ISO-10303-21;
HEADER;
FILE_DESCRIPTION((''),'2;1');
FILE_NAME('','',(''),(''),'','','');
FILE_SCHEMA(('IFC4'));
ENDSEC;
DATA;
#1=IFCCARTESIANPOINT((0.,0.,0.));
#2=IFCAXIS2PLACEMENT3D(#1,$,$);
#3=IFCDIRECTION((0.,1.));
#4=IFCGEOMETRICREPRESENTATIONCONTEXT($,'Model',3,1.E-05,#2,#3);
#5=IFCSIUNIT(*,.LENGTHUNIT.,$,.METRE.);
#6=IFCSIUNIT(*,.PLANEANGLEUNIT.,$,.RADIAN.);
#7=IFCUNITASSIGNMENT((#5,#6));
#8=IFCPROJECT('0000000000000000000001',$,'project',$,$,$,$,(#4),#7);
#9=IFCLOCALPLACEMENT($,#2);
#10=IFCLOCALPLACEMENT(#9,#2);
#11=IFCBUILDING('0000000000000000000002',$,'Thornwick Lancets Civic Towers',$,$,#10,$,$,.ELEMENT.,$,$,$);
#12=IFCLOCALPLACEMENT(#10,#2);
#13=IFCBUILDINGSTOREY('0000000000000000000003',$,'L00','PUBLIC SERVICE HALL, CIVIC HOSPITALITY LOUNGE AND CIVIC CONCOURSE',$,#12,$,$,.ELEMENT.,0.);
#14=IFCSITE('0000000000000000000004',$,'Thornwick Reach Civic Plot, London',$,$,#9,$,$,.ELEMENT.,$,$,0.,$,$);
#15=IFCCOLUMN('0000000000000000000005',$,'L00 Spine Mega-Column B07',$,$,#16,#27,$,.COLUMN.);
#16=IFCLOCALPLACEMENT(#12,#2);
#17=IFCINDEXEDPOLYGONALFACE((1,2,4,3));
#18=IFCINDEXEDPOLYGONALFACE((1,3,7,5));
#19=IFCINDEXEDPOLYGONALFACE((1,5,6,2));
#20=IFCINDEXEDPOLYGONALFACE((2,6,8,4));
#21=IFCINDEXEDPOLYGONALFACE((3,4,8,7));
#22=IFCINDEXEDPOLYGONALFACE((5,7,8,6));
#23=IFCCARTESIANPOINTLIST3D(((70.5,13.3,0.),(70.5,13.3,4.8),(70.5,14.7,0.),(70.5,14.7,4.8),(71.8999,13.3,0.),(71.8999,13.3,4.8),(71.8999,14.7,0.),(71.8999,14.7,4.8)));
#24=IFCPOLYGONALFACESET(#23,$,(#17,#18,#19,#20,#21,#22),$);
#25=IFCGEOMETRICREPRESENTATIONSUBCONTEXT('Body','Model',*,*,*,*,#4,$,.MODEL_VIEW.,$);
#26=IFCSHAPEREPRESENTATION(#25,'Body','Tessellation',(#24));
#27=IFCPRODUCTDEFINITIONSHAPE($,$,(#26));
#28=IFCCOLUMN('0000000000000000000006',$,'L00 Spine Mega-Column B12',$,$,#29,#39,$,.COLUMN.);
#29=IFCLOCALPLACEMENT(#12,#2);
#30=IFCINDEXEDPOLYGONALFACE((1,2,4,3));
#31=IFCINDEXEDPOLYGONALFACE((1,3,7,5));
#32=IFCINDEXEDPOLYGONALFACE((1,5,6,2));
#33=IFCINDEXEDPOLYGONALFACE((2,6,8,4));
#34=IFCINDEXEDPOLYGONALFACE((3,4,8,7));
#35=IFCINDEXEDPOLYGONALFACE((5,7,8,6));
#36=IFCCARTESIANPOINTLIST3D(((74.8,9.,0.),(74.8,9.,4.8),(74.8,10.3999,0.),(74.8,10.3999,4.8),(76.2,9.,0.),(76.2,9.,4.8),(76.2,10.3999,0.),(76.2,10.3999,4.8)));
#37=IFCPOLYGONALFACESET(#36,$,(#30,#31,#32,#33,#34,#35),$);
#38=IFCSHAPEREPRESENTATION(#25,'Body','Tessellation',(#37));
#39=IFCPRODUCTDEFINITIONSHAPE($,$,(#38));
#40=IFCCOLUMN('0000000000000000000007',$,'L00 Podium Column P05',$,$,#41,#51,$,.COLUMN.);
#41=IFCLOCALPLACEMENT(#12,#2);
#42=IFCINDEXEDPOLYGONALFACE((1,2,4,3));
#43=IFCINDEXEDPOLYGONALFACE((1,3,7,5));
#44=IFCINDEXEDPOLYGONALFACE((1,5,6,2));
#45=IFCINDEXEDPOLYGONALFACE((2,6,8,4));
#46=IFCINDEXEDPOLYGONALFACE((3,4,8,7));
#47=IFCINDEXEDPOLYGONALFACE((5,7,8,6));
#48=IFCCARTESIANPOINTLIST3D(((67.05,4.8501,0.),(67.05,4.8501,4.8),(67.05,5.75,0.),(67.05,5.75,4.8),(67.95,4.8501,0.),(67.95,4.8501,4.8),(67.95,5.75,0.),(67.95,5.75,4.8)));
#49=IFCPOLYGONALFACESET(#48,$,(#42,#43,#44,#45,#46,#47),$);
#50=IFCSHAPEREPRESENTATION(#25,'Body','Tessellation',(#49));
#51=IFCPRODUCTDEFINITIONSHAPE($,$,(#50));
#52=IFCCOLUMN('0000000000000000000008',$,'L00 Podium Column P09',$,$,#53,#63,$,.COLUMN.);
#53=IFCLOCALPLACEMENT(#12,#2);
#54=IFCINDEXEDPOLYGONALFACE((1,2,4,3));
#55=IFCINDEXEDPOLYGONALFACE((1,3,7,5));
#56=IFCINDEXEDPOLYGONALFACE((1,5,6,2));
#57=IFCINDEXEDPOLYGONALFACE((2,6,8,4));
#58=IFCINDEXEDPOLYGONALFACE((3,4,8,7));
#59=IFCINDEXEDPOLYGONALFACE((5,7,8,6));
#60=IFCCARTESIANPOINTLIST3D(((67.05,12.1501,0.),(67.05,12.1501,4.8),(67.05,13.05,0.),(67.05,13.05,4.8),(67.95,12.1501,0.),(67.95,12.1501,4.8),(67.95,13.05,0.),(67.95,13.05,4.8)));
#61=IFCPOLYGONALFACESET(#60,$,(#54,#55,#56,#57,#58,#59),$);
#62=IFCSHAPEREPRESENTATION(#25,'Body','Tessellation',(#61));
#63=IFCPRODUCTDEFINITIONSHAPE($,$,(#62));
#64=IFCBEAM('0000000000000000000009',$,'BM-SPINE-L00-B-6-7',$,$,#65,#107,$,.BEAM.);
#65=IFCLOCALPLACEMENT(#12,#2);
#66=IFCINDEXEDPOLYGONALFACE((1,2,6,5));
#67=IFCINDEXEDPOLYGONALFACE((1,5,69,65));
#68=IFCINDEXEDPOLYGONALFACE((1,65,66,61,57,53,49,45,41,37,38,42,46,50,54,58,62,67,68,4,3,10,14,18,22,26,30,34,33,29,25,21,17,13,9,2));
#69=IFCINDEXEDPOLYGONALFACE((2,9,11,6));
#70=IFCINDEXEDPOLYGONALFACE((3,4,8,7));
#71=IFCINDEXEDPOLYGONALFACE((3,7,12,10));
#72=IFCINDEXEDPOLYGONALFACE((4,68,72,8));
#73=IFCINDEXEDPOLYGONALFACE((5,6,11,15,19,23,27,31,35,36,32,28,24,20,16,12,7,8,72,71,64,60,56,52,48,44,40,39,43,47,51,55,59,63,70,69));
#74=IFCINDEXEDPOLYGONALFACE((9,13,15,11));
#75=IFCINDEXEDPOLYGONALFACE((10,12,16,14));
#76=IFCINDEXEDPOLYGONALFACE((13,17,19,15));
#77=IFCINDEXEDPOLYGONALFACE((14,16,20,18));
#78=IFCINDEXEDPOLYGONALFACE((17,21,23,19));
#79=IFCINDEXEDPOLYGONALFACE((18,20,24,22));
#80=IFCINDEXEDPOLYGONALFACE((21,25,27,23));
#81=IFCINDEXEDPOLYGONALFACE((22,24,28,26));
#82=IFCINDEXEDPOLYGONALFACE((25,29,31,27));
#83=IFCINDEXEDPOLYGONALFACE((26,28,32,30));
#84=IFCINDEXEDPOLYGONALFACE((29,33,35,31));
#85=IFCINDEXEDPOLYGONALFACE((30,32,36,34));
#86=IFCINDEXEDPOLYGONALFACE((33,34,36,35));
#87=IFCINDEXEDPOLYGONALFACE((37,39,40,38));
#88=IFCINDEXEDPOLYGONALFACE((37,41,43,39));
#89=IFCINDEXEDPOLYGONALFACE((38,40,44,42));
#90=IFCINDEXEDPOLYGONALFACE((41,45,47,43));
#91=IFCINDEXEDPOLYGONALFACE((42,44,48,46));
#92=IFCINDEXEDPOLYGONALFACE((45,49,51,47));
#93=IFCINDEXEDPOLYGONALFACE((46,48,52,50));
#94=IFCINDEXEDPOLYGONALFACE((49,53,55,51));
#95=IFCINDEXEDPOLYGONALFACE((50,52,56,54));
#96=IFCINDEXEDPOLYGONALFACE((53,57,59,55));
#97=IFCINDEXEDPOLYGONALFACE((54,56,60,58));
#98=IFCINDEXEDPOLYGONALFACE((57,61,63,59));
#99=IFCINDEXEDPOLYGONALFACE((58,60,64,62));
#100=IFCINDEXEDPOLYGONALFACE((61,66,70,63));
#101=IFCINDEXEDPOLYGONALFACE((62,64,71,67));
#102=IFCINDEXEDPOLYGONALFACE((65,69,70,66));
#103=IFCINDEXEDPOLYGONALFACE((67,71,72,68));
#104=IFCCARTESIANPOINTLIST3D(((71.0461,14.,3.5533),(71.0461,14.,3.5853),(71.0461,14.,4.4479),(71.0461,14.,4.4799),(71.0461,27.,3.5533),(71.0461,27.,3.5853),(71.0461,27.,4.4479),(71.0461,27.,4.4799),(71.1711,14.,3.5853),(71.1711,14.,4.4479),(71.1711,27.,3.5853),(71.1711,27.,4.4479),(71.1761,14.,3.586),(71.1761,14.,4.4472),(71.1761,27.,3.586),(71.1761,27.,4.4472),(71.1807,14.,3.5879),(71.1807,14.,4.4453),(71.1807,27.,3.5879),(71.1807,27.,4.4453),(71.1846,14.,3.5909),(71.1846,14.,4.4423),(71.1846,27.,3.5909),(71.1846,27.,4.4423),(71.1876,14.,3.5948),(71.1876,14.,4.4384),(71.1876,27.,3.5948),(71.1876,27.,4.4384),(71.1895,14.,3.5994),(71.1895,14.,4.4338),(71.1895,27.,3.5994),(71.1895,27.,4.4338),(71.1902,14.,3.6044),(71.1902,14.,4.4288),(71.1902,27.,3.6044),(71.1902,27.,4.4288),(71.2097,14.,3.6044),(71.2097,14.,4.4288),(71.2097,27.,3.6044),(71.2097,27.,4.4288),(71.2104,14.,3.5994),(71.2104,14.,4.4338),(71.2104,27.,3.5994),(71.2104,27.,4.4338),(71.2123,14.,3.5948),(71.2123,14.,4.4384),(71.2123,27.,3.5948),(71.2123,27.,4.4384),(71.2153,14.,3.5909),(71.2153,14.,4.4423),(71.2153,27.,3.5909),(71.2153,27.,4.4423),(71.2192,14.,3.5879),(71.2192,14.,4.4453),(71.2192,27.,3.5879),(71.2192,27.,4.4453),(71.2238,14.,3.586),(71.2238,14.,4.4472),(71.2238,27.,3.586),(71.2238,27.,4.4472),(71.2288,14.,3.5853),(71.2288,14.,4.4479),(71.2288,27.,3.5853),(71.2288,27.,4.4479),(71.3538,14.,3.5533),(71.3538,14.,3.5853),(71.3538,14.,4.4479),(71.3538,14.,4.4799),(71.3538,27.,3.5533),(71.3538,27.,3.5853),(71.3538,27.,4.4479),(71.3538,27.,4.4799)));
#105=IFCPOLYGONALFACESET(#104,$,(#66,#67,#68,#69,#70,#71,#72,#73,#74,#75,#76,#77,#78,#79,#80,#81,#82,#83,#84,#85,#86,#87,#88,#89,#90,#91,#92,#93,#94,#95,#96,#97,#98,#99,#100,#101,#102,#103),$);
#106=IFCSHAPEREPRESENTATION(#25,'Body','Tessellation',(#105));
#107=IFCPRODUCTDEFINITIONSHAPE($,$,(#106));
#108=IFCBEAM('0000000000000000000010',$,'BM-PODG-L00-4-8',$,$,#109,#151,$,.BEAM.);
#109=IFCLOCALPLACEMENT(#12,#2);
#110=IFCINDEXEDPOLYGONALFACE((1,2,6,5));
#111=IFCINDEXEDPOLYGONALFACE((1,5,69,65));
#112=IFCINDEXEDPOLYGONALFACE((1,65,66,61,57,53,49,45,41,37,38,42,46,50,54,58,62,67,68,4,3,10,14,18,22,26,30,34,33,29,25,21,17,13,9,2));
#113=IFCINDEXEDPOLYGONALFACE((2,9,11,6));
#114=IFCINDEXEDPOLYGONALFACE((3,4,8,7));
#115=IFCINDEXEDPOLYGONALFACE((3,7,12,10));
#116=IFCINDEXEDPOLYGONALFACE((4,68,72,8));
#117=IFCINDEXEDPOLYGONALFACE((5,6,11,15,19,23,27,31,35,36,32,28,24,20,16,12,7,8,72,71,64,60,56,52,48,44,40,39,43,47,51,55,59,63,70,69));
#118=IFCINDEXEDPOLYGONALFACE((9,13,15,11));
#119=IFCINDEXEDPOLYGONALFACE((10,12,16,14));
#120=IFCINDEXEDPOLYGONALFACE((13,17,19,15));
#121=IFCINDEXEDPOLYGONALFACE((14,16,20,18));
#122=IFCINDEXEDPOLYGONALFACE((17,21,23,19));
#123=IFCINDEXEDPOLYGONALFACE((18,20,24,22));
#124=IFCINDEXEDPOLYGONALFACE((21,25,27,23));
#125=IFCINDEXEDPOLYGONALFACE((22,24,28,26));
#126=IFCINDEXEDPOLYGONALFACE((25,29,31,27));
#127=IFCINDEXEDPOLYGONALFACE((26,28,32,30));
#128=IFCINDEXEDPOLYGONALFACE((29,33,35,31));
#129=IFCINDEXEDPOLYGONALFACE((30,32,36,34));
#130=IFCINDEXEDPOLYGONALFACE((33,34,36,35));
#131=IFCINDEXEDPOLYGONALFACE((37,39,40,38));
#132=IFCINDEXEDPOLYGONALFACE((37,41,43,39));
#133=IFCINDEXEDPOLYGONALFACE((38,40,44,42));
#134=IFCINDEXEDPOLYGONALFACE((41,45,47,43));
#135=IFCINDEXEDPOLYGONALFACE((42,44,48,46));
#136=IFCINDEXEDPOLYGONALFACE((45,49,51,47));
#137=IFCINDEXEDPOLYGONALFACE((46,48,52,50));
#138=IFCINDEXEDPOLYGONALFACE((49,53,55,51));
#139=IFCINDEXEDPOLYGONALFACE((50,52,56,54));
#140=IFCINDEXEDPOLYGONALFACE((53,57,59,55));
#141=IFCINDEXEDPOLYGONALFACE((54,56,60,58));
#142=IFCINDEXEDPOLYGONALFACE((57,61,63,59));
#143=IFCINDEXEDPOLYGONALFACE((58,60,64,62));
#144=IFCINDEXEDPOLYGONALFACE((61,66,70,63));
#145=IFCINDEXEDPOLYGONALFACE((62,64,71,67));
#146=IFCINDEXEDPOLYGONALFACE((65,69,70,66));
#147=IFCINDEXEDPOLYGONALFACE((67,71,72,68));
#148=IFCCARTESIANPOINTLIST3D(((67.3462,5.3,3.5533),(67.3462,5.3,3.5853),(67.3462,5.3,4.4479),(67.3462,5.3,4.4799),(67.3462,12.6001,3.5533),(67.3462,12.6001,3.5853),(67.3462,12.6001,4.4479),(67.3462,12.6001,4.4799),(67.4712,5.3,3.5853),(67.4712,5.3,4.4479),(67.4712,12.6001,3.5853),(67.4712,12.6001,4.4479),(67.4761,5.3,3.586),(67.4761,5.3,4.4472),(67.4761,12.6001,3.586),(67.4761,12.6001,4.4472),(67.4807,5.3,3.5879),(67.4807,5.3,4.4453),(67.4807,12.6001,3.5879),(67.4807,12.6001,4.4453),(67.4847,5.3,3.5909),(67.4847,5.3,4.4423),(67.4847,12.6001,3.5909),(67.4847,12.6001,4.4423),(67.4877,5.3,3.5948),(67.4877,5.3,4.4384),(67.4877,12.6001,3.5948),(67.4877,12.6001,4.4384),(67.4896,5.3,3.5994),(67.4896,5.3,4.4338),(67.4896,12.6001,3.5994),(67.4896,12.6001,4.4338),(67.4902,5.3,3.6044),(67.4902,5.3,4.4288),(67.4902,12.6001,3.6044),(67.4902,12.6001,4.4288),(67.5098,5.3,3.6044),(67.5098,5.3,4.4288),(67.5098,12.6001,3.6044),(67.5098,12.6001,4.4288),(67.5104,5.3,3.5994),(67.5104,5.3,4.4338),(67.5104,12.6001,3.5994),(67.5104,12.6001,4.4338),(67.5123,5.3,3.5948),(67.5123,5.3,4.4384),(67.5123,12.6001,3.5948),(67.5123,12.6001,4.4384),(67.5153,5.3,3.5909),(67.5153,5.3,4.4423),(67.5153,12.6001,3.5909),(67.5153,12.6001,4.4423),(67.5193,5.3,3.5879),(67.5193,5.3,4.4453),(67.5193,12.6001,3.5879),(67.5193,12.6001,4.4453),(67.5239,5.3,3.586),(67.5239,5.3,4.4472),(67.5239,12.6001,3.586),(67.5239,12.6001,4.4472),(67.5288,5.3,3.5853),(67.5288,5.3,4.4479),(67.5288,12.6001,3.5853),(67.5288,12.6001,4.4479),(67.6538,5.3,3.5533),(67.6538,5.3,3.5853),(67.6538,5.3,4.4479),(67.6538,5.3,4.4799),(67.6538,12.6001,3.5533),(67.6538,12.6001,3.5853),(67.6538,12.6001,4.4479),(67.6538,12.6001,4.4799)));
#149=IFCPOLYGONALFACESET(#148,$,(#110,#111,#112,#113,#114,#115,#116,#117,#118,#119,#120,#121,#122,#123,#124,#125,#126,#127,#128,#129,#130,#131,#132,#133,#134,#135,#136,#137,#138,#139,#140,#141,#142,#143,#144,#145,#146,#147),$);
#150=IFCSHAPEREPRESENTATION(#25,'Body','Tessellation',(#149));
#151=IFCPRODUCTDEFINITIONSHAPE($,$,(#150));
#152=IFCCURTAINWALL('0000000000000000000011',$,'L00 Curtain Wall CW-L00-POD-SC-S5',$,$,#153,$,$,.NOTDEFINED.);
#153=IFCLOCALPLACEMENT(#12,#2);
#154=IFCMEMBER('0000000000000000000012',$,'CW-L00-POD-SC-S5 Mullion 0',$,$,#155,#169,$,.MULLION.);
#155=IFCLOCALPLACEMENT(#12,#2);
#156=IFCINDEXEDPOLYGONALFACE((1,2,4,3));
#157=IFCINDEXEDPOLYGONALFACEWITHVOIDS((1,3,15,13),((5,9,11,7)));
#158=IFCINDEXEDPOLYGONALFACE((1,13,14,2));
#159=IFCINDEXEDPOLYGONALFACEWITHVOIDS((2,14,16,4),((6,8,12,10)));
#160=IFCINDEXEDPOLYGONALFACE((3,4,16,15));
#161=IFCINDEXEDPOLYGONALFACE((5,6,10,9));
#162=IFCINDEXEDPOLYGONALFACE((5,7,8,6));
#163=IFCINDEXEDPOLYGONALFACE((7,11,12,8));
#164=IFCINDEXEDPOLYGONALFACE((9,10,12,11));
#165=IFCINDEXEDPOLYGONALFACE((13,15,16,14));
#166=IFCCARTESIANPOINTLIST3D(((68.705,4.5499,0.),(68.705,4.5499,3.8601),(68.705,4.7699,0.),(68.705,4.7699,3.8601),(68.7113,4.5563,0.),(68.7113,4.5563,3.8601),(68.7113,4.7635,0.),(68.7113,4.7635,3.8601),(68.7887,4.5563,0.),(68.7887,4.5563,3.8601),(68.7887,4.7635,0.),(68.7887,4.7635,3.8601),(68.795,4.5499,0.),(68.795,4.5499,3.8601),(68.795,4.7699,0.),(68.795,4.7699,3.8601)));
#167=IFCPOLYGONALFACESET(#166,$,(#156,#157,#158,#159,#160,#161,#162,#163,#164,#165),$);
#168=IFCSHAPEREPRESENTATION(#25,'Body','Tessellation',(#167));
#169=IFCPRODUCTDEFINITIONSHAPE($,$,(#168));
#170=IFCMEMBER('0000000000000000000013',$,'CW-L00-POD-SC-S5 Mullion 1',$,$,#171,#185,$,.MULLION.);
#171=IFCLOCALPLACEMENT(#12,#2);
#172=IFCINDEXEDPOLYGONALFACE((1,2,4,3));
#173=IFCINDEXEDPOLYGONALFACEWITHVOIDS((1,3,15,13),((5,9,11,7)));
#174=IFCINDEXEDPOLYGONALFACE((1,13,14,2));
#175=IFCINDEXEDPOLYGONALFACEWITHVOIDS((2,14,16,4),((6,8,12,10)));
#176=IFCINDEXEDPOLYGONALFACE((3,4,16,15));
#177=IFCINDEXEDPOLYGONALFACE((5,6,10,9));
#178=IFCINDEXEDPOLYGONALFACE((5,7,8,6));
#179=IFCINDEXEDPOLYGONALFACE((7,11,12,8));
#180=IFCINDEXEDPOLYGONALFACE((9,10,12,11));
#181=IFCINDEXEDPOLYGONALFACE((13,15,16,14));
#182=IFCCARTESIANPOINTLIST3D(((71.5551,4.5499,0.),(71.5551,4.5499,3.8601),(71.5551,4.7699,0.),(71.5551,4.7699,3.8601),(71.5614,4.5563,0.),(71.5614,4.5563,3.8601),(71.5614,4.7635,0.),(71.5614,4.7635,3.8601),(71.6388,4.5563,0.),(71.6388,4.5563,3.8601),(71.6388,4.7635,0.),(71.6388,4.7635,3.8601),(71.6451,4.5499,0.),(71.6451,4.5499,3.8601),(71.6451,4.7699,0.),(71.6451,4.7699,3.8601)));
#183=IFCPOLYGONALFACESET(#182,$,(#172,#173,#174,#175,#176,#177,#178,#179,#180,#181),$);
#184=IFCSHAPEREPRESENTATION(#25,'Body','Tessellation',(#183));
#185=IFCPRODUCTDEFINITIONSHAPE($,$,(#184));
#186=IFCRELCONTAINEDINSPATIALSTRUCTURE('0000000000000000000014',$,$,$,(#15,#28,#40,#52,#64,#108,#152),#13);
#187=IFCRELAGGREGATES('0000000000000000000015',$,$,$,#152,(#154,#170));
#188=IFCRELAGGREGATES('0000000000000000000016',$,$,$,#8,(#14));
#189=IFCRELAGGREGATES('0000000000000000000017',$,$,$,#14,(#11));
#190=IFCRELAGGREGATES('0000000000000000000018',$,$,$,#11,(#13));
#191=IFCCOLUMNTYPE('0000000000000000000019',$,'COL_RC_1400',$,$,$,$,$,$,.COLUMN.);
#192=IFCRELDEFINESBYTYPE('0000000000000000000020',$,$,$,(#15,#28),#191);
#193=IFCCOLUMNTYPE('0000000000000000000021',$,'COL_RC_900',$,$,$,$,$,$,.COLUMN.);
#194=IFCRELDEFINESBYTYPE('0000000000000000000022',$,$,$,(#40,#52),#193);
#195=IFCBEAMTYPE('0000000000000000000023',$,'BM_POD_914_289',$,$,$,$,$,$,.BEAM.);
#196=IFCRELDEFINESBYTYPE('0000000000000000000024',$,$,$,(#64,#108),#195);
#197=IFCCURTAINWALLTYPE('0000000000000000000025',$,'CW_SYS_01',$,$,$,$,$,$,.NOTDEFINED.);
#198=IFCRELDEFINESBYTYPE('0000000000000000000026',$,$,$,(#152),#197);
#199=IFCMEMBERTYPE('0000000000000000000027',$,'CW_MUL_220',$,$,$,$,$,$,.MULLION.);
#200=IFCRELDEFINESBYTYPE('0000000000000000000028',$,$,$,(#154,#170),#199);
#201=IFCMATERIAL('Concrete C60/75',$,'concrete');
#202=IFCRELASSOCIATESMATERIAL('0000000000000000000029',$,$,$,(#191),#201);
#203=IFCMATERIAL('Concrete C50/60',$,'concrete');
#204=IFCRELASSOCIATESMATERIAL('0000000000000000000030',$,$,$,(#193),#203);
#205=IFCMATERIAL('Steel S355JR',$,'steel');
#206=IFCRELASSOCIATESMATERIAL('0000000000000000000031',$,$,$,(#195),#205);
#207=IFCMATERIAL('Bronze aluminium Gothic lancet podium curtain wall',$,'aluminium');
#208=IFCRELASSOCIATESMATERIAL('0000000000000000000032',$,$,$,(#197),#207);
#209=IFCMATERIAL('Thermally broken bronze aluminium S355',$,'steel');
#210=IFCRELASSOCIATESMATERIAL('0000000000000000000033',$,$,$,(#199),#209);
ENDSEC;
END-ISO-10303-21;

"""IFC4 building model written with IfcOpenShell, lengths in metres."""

from ifc_helpers import new_model, si_unit, direction, frame, origin, origin_2d, place, context, subcontext, project, spatial, rectangle, hollow_rectangle, i_section, extrude, material, material_profile, profile_set, type_object, element, aggregate, save


model = new_model("IFC4")

# Units and contexts
model_context = context("Model", 3, precision=1e-05, world=origin(), true_north=direction((0.0, 1.0)))
body_context = subcontext(model_context, "Body", "Model", "MODEL_VIEW")
ifc_project = project(units=[si_unit("LENGTHUNIT", "METRE"), si_unit("PLANEANGLEUNIT", "RADIAN")], contexts=[model_context])

# Site, building, storey
site_placement = place(None, origin())
site = spatial("IfcSite", under=ifc_project, at=site_placement, Name="Thornwick Reach Civic Plot, London", CompositionType="ELEMENT", RefElevation=0.0)
building_placement = place(site_placement, origin())
building = spatial("IfcBuilding", under=site, at=building_placement, Name="Thornwick Lancets Civic Towers", CompositionType="ELEMENT")
storey_placement = place(building_placement, origin())
storey = spatial("IfcBuildingStorey", under=building, at=storey_placement, Name="L00", Description="PUBLIC SERVICE HALL, CIVIC HOSPITALITY LOUNGE AND CIVIC CONCOURSE", CompositionType="ELEMENT", Elevation=0.0)

# Columns
ifc_material_1 = material(Name="Concrete C60/75", Category="concrete")
ifc_material_profile_1 = material_profile(ifc_material_1, rectangle(XDim=1.3999, YDim=1.3999, at=origin_2d()), Name="RC 1400x1400")
ifc_profile_set_1 = profile_set([ifc_material_profile_1], Name="Concrete C60/75")
column_type_1 = type_object("IfcColumnType", Name="COL_RC_1400", PredefinedType="COLUMN", material=ifc_profile_set_1)
for number, where, z_axis, x_axis, name in (
    (1, (71.2, 14.0, 0.0), (0.0, 0.0, 1.0), (1.0, 0.0, 0.0), "L00 Spine Mega-Column B07"),
    (2, (75.5, 9.7, 0.0), (0.0, 0.0, 1.0), (1.0, 0.0, 0.0), "L00 Spine Mega-Column B12"),
):
    element("IfcColumn", number, at=place(storey_placement, frame(where, z_axis=z_axis, x_axis=x_axis)), inside=storey, type_object=column_type_1, Name=name, PredefinedType="COLUMN", context=body_context, shape_type="SweptSolid", body=[
        extrude(rectangle(XDim=1.3999, YDim=1.3999, at=origin_2d()), origin(), (0.0, 0.0, 1.0), 4.8),
    ])
ifc_material_2 = material(Name="Concrete C50/60", Category="concrete")
ifc_material_profile_2 = material_profile(ifc_material_2, rectangle(XDim=0.8999, YDim=0.8999, at=origin_2d()), Name="RC 900x900")
ifc_profile_set_2 = profile_set([ifc_material_profile_2], Name="Concrete C50/60")
column_type_2 = type_object("IfcColumnType", Name="COL_RC_900", PredefinedType="COLUMN", material=ifc_profile_set_2)
for number, where, z_axis, x_axis, name in (
    (3, (67.5, 5.3, 0.0), (0.0, 0.0, 1.0), (1.0, 0.0, 0.0), "L00 Podium Column P05"),
    (4, (67.5, 12.6001, 0.0), (0.0, 0.0, 1.0), (1.0, 0.0, 0.0), "L00 Podium Column P09"),
):
    element("IfcColumn", number, at=place(storey_placement, frame(where, z_axis=z_axis, x_axis=x_axis)), inside=storey, type_object=column_type_2, Name=name, PredefinedType="COLUMN", context=body_context, shape_type="SweptSolid", body=[
        extrude(rectangle(XDim=0.8999, YDim=0.8999, at=origin_2d()), origin(), (0.0, 0.0, 1.0), 4.8),
    ])

# Beams
ifc_material_3 = material(Name="Steel S355JR", Category="steel")
ifc_material_profile_3 = material_profile(ifc_material_3, i_section(OverallWidth=0.3076, OverallDepth=0.9265, WebThickness=0.0195, FlangeThickness=0.032, FilletRadius=0.019, at=origin_2d()), Name="UKB 914x305x289")
ifc_profile_set_3 = profile_set([ifc_material_profile_3], Name="Steel S355JR")
beam_type = type_object("IfcBeamType", Name="BM_POD_914_289", PredefinedType="BEAM", material=ifc_profile_set_3)
beam_1_placement = place(storey_placement, frame((71.2, 14.0, 4.0166), z_axis=(0.0, 1.0, 0.0), x_axis=(-1.0, 0.0, 0.0)))
element("IfcBeam", 5, at=beam_1_placement, inside=storey, type_object=beam_type, Name="BM-SPINE-L00-B-6-7", PredefinedType="BEAM", context=body_context, shape_type="SweptSolid", body=[
    extrude(i_section(OverallWidth=0.3076, OverallDepth=0.9265, WebThickness=0.0195, FlangeThickness=0.032, FilletRadius=0.019, at=origin_2d()), origin(), (0.0, 0.0, 1.0), 13.0),
])
beam_2_placement = place(storey_placement, frame((67.5, 5.3, 4.0166), z_axis=(0.0, 1.0, 0.0), x_axis=(-1.0, 0.0, 0.0)))
element("IfcBeam", 6, at=beam_2_placement, inside=storey, type_object=beam_type, Name="BM-PODG-L00-4-8", PredefinedType="BEAM", context=body_context, shape_type="SweptSolid", body=[
    extrude(i_section(OverallWidth=0.3076, OverallDepth=0.9265, WebThickness=0.0195, FlangeThickness=0.032, FilletRadius=0.019, at=origin_2d()), origin(), (0.0, 0.0, 1.0), 7.3),
])

# Curtain wall, members
ifc_material_4 = material(Name="Bronze aluminium Gothic lancet podium curtain wall", Category="aluminium")
curtain_wall_type = type_object("IfcCurtainWallType", Name="CW_SYS_01", PredefinedType="NOTDEFINED", material=ifc_material_4)
curtain_wall_placement = place(storey_placement, origin())
curtain_wall = element("IfcCurtainWall", 7, at=curtain_wall_placement, inside=storey, type_object=curtain_wall_type, Name="L00 Curtain Wall CW-L00-POD-SC-S5", PredefinedType="NOTDEFINED")
ifc_material_5 = material(Name="Thermally broken bronze aluminium S355", Category="steel")
ifc_material_profile_4 = material_profile(ifc_material_5, hollow_rectangle(XDim=0.0901, YDim=0.22, WallThickness=0.0063, at=origin_2d()), Name="RHS 220x90x6.3")
ifc_profile_set_4 = profile_set([ifc_material_profile_4], Name="Thermally broken bronze aluminium S355")
member_type_1 = type_object("IfcMemberType", Name="CW_MUL_220", PredefinedType="MULLION", material=ifc_profile_set_4)
member_1_placement = place(storey_placement, frame((68.75, 4.6599, 0.0), z_axis=(0.0, 0.0, 1.0), x_axis=(1.0, 0.0, 0.0)))
member_1 = element("IfcMember", 8, at=member_1_placement, type_object=member_type_1, Name="CW-L00-POD-SC-S5 Mullion 0", PredefinedType="MULLION", context=body_context, shape_type="SweptSolid", body=[
    extrude(hollow_rectangle(XDim=0.0901, YDim=0.22, WallThickness=0.0063, at=origin_2d()), origin(), (0.0, 0.0, 1.0), 3.8601),
])
member_2_placement = place(storey_placement, frame((71.6001, 4.6599, 0.0), z_axis=(0.0, 0.0, 1.0), x_axis=(1.0, 0.0, 0.0)))
member_2 = element("IfcMember", 9, at=member_2_placement, type_object=member_type_1, Name="CW-L00-POD-SC-S5 Mullion 1", PredefinedType="MULLION", context=body_context, shape_type="SweptSolid", body=[
    extrude(hollow_rectangle(XDim=0.0901, YDim=0.22, WallThickness=0.0063, at=origin_2d()), origin(), (0.0, 0.0, 1.0), 3.8601),
])
aggregate(curtain_wall, [member_1, member_2])

save(model, "model.ifc")
